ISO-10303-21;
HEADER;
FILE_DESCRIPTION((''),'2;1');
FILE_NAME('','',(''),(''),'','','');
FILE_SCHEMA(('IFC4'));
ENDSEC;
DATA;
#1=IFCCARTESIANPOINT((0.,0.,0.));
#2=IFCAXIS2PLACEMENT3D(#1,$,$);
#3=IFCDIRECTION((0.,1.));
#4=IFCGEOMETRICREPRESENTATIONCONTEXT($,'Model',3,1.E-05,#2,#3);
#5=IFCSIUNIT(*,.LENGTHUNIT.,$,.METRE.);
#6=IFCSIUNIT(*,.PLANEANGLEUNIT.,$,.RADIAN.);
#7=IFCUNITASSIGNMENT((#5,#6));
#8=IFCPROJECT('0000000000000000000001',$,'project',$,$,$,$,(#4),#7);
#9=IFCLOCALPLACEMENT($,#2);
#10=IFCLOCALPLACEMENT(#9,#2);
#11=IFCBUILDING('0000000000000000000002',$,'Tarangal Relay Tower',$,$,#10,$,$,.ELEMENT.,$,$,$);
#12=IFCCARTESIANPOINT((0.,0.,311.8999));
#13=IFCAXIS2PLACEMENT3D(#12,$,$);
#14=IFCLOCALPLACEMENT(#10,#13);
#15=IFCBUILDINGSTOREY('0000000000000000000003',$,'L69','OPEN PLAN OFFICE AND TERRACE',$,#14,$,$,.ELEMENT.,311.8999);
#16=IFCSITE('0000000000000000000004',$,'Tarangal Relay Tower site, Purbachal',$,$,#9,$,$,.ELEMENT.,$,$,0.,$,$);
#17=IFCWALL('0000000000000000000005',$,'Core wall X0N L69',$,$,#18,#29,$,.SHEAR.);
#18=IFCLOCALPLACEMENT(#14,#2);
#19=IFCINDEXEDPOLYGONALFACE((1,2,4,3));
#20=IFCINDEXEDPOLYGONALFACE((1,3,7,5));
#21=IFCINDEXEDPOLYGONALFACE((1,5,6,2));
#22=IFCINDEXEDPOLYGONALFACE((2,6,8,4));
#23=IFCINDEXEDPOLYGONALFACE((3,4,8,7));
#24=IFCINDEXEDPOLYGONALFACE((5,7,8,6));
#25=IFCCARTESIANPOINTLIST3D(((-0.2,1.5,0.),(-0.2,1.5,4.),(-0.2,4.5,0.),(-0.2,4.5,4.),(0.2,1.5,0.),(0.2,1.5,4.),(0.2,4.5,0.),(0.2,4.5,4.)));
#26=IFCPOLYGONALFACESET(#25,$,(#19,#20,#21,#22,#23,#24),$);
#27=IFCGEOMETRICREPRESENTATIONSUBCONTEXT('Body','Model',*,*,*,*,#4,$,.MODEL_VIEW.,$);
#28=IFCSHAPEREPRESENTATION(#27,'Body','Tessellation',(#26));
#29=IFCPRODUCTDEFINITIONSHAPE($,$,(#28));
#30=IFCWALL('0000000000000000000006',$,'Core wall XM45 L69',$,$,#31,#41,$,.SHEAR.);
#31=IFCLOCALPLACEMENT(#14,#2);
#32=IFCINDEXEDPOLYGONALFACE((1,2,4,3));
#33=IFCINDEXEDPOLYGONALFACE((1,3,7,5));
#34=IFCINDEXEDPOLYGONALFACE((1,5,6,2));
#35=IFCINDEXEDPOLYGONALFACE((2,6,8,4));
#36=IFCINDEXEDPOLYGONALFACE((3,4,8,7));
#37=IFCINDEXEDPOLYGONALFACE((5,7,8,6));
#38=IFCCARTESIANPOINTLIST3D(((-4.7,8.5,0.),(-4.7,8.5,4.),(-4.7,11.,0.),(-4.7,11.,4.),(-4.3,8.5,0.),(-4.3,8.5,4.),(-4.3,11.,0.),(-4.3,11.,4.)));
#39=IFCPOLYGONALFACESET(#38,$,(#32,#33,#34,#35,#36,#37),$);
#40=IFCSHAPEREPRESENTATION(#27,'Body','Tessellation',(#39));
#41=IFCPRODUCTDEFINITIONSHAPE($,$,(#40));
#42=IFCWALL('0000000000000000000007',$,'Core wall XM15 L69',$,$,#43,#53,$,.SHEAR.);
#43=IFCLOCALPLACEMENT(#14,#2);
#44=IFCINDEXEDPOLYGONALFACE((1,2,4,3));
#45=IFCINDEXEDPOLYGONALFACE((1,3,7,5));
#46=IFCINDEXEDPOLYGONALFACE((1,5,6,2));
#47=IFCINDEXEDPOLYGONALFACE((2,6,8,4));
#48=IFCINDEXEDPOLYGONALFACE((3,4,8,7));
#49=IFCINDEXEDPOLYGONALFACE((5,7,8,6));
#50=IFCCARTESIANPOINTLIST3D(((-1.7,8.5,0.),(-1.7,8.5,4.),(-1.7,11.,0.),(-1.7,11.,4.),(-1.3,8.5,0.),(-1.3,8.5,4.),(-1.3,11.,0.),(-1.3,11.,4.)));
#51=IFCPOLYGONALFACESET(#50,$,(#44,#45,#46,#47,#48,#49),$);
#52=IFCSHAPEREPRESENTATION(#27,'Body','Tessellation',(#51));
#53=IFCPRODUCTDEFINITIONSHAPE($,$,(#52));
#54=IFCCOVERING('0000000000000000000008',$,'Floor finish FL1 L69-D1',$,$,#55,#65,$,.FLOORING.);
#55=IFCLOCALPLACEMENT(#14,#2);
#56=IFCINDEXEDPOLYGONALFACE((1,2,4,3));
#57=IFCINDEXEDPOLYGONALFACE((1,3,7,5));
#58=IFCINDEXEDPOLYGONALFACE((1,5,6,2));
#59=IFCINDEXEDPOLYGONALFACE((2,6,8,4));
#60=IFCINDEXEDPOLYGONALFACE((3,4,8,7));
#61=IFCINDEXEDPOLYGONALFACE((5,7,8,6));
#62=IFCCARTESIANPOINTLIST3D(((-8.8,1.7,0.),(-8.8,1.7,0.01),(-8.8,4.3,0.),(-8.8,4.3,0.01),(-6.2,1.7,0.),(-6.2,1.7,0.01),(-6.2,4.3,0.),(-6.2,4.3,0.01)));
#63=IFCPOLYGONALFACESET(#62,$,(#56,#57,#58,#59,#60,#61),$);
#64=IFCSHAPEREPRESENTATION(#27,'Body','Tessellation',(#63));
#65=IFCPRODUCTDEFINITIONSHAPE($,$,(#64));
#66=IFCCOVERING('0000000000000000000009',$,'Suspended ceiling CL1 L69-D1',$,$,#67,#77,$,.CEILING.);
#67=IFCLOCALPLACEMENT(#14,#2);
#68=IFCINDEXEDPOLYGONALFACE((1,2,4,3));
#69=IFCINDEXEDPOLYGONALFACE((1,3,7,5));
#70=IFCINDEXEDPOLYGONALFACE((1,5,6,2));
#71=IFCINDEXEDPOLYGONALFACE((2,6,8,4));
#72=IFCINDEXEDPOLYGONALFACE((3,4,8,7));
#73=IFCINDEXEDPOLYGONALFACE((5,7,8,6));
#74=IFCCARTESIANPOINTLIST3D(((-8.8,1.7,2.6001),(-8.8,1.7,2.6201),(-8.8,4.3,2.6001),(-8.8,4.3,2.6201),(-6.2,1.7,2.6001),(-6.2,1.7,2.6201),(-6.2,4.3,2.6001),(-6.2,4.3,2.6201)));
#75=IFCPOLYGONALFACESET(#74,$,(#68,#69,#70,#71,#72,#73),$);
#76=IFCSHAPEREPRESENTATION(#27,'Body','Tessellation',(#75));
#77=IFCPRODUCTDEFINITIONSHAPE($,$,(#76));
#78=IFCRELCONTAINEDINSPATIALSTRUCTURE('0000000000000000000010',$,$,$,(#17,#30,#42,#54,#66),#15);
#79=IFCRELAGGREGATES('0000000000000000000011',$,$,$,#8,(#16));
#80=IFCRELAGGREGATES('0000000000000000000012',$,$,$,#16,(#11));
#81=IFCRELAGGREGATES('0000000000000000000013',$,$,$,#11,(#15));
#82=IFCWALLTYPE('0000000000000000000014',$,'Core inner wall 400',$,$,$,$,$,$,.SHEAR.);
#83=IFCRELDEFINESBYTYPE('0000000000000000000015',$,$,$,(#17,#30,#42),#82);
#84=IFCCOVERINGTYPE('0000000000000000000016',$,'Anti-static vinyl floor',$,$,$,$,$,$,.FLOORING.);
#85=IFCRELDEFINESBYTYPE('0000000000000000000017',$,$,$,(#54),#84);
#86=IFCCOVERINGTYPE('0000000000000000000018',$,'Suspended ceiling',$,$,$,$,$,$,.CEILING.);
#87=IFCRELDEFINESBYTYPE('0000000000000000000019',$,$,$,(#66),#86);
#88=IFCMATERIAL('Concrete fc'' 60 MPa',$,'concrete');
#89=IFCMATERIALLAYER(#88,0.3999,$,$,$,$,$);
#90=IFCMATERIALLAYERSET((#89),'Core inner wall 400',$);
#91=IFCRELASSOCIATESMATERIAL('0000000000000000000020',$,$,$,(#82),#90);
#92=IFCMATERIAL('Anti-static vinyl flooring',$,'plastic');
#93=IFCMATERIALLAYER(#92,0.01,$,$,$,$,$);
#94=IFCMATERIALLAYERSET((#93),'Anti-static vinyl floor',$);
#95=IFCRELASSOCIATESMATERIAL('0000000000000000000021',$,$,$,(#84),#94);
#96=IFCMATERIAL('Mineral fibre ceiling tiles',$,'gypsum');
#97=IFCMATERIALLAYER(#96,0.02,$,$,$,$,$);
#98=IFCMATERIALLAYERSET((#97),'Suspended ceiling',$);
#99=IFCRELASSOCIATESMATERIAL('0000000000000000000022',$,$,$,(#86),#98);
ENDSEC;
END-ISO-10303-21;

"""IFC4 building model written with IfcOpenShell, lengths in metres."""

from ifc_helpers import new_model, si_unit, direction, frame, frame_2d, origin, place, context, subcontext, project, spatial, polyline, rectangle, outline, extrude, material, layer, layer_set, type_object, element, save


model = new_model("IFC4")

# Units and contexts
model_context = context("Model", 3, precision=1e-05, world=origin(), true_north=direction((0.0, 1.0)))
body_context = subcontext(model_context, "Body", "Model", "MODEL_VIEW")
ifc_project = project(units=[si_unit("LENGTHUNIT", "METRE"), si_unit("PLANEANGLEUNIT", "RADIAN")], contexts=[model_context])

# Site, building, storey
site_placement = place(None, origin())
site = spatial("IfcSite", under=ifc_project, at=site_placement, Name="Tarangal Relay Tower site, Purbachal", CompositionType="ELEMENT", RefElevation=0.0)
building_placement = place(site_placement, origin())
building = spatial("IfcBuilding", under=site, at=building_placement, Name="Tarangal Relay Tower", CompositionType="ELEMENT")
storey_placement = place(building_placement, frame((0.0, 0.0, 311.8999)))
storey = spatial("IfcBuildingStorey", under=building, at=storey_placement, Name="L69", Description="OPEN PLAN OFFICE AND TERRACE", CompositionType="ELEMENT", Elevation=311.8999)

# Walls
ifc_material_1 = material(Name="Concrete fc' 60 MPa", Category="concrete")
ifc_layer_1 = layer(ifc_material_1, 0.3999)
ifc_layer_set_1 = layer_set([ifc_layer_1], Name="Core inner wall 400")
wall_type = type_object("IfcWallType", Name="Core inner wall 400", PredefinedType="SHEAR", material=ifc_layer_set_1)
for number, where, z_axis, x_axis, name in (
    (1, (0.0, 1.5, 0.0), (0.0, 0.0, 1.0), (0.0, 1.0, 0.0), "Core wall X0N L69"),
):
    element("IfcWall", number, at=place(storey_placement, frame(where, z_axis=z_axis, x_axis=x_axis)), inside=storey, type_object=wall_type, Name=name, PredefinedType="SHEAR", context=body_context, shape_type="SweptSolid", body=[
        extrude(rectangle(XDim=3.0, YDim=0.3999, at=frame_2d((1.5, 0.0))), origin(), (0.0, 0.0, 1.0), 4.0),
    ])
for number, where, z_axis, x_axis, name in (
    (2, (-4.5, 8.5, 0.0), (0.0, 0.0, 1.0), (0.0, 1.0, 0.0), "Core wall XM45 L69"),
    (3, (-1.5, 8.5, 0.0), (0.0, 0.0, 1.0), (0.0, 1.0, 0.0), "Core wall XM15 L69"),
):
    element("IfcWall", number, at=place(storey_placement, frame(where, z_axis=z_axis, x_axis=x_axis)), inside=storey, type_object=wall_type, Name=name, PredefinedType="SHEAR", context=body_context, shape_type="SweptSolid", body=[
        extrude(rectangle(XDim=2.5, YDim=0.3999, at=frame_2d((1.25, 0.0))), origin(), (0.0, 0.0, 1.0), 4.0),
    ])

# Coverings
ifc_material_2 = material(Name="Anti-static vinyl flooring", Category="plastic")
ifc_layer_2 = layer(ifc_material_2, 0.01)
ifc_layer_set_2 = layer_set([ifc_layer_2], Name="Anti-static vinyl floor")
covering_type_1 = type_object("IfcCoveringType", Name="Anti-static vinyl floor", PredefinedType="FLOORING", material=ifc_layer_set_2)
covering_1_placement = place(storey_placement, origin())
element("IfcCovering", 4, at=covering_1_placement, inside=storey, type_object=covering_type_1, Name="Floor finish FL1 L69-D1", PredefinedType="FLOORING", context=body_context, shape_type="SweptSolid", body=[
    extrude(outline(polyline([(-8.8, 1.7), (-6.2, 1.7), (-6.2, 4.3), (-8.8, 4.3), (-8.8, 1.7)])), origin(), (0.0, 0.0, 1.0), 0.01),
])
ifc_material_3 = material(Name="Mineral fibre ceiling tiles", Category="gypsum")
ifc_layer_3 = layer(ifc_material_3, 0.02)
ifc_layer_set_3 = layer_set([ifc_layer_3], Name="Suspended ceiling")
covering_type_2 = type_object("IfcCoveringType", Name="Suspended ceiling", PredefinedType="CEILING", material=ifc_layer_set_3)
covering_2_placement = place(storey_placement, frame((0.0, 0.0, 2.6001)))
element("IfcCovering", 5, at=covering_2_placement, inside=storey, type_object=covering_type_2, Name="Suspended ceiling CL1 L69-D1", PredefinedType="CEILING", context=body_context, shape_type="SweptSolid", body=[
    extrude(outline(polyline([(-8.8, 1.7), (-6.2, 1.7), (-6.2, 4.3), (-8.8, 4.3), (-8.8, 1.7)])), origin(), (0.0, 0.0, 1.0), 0.02),
])

save(model, "model.ifc")
